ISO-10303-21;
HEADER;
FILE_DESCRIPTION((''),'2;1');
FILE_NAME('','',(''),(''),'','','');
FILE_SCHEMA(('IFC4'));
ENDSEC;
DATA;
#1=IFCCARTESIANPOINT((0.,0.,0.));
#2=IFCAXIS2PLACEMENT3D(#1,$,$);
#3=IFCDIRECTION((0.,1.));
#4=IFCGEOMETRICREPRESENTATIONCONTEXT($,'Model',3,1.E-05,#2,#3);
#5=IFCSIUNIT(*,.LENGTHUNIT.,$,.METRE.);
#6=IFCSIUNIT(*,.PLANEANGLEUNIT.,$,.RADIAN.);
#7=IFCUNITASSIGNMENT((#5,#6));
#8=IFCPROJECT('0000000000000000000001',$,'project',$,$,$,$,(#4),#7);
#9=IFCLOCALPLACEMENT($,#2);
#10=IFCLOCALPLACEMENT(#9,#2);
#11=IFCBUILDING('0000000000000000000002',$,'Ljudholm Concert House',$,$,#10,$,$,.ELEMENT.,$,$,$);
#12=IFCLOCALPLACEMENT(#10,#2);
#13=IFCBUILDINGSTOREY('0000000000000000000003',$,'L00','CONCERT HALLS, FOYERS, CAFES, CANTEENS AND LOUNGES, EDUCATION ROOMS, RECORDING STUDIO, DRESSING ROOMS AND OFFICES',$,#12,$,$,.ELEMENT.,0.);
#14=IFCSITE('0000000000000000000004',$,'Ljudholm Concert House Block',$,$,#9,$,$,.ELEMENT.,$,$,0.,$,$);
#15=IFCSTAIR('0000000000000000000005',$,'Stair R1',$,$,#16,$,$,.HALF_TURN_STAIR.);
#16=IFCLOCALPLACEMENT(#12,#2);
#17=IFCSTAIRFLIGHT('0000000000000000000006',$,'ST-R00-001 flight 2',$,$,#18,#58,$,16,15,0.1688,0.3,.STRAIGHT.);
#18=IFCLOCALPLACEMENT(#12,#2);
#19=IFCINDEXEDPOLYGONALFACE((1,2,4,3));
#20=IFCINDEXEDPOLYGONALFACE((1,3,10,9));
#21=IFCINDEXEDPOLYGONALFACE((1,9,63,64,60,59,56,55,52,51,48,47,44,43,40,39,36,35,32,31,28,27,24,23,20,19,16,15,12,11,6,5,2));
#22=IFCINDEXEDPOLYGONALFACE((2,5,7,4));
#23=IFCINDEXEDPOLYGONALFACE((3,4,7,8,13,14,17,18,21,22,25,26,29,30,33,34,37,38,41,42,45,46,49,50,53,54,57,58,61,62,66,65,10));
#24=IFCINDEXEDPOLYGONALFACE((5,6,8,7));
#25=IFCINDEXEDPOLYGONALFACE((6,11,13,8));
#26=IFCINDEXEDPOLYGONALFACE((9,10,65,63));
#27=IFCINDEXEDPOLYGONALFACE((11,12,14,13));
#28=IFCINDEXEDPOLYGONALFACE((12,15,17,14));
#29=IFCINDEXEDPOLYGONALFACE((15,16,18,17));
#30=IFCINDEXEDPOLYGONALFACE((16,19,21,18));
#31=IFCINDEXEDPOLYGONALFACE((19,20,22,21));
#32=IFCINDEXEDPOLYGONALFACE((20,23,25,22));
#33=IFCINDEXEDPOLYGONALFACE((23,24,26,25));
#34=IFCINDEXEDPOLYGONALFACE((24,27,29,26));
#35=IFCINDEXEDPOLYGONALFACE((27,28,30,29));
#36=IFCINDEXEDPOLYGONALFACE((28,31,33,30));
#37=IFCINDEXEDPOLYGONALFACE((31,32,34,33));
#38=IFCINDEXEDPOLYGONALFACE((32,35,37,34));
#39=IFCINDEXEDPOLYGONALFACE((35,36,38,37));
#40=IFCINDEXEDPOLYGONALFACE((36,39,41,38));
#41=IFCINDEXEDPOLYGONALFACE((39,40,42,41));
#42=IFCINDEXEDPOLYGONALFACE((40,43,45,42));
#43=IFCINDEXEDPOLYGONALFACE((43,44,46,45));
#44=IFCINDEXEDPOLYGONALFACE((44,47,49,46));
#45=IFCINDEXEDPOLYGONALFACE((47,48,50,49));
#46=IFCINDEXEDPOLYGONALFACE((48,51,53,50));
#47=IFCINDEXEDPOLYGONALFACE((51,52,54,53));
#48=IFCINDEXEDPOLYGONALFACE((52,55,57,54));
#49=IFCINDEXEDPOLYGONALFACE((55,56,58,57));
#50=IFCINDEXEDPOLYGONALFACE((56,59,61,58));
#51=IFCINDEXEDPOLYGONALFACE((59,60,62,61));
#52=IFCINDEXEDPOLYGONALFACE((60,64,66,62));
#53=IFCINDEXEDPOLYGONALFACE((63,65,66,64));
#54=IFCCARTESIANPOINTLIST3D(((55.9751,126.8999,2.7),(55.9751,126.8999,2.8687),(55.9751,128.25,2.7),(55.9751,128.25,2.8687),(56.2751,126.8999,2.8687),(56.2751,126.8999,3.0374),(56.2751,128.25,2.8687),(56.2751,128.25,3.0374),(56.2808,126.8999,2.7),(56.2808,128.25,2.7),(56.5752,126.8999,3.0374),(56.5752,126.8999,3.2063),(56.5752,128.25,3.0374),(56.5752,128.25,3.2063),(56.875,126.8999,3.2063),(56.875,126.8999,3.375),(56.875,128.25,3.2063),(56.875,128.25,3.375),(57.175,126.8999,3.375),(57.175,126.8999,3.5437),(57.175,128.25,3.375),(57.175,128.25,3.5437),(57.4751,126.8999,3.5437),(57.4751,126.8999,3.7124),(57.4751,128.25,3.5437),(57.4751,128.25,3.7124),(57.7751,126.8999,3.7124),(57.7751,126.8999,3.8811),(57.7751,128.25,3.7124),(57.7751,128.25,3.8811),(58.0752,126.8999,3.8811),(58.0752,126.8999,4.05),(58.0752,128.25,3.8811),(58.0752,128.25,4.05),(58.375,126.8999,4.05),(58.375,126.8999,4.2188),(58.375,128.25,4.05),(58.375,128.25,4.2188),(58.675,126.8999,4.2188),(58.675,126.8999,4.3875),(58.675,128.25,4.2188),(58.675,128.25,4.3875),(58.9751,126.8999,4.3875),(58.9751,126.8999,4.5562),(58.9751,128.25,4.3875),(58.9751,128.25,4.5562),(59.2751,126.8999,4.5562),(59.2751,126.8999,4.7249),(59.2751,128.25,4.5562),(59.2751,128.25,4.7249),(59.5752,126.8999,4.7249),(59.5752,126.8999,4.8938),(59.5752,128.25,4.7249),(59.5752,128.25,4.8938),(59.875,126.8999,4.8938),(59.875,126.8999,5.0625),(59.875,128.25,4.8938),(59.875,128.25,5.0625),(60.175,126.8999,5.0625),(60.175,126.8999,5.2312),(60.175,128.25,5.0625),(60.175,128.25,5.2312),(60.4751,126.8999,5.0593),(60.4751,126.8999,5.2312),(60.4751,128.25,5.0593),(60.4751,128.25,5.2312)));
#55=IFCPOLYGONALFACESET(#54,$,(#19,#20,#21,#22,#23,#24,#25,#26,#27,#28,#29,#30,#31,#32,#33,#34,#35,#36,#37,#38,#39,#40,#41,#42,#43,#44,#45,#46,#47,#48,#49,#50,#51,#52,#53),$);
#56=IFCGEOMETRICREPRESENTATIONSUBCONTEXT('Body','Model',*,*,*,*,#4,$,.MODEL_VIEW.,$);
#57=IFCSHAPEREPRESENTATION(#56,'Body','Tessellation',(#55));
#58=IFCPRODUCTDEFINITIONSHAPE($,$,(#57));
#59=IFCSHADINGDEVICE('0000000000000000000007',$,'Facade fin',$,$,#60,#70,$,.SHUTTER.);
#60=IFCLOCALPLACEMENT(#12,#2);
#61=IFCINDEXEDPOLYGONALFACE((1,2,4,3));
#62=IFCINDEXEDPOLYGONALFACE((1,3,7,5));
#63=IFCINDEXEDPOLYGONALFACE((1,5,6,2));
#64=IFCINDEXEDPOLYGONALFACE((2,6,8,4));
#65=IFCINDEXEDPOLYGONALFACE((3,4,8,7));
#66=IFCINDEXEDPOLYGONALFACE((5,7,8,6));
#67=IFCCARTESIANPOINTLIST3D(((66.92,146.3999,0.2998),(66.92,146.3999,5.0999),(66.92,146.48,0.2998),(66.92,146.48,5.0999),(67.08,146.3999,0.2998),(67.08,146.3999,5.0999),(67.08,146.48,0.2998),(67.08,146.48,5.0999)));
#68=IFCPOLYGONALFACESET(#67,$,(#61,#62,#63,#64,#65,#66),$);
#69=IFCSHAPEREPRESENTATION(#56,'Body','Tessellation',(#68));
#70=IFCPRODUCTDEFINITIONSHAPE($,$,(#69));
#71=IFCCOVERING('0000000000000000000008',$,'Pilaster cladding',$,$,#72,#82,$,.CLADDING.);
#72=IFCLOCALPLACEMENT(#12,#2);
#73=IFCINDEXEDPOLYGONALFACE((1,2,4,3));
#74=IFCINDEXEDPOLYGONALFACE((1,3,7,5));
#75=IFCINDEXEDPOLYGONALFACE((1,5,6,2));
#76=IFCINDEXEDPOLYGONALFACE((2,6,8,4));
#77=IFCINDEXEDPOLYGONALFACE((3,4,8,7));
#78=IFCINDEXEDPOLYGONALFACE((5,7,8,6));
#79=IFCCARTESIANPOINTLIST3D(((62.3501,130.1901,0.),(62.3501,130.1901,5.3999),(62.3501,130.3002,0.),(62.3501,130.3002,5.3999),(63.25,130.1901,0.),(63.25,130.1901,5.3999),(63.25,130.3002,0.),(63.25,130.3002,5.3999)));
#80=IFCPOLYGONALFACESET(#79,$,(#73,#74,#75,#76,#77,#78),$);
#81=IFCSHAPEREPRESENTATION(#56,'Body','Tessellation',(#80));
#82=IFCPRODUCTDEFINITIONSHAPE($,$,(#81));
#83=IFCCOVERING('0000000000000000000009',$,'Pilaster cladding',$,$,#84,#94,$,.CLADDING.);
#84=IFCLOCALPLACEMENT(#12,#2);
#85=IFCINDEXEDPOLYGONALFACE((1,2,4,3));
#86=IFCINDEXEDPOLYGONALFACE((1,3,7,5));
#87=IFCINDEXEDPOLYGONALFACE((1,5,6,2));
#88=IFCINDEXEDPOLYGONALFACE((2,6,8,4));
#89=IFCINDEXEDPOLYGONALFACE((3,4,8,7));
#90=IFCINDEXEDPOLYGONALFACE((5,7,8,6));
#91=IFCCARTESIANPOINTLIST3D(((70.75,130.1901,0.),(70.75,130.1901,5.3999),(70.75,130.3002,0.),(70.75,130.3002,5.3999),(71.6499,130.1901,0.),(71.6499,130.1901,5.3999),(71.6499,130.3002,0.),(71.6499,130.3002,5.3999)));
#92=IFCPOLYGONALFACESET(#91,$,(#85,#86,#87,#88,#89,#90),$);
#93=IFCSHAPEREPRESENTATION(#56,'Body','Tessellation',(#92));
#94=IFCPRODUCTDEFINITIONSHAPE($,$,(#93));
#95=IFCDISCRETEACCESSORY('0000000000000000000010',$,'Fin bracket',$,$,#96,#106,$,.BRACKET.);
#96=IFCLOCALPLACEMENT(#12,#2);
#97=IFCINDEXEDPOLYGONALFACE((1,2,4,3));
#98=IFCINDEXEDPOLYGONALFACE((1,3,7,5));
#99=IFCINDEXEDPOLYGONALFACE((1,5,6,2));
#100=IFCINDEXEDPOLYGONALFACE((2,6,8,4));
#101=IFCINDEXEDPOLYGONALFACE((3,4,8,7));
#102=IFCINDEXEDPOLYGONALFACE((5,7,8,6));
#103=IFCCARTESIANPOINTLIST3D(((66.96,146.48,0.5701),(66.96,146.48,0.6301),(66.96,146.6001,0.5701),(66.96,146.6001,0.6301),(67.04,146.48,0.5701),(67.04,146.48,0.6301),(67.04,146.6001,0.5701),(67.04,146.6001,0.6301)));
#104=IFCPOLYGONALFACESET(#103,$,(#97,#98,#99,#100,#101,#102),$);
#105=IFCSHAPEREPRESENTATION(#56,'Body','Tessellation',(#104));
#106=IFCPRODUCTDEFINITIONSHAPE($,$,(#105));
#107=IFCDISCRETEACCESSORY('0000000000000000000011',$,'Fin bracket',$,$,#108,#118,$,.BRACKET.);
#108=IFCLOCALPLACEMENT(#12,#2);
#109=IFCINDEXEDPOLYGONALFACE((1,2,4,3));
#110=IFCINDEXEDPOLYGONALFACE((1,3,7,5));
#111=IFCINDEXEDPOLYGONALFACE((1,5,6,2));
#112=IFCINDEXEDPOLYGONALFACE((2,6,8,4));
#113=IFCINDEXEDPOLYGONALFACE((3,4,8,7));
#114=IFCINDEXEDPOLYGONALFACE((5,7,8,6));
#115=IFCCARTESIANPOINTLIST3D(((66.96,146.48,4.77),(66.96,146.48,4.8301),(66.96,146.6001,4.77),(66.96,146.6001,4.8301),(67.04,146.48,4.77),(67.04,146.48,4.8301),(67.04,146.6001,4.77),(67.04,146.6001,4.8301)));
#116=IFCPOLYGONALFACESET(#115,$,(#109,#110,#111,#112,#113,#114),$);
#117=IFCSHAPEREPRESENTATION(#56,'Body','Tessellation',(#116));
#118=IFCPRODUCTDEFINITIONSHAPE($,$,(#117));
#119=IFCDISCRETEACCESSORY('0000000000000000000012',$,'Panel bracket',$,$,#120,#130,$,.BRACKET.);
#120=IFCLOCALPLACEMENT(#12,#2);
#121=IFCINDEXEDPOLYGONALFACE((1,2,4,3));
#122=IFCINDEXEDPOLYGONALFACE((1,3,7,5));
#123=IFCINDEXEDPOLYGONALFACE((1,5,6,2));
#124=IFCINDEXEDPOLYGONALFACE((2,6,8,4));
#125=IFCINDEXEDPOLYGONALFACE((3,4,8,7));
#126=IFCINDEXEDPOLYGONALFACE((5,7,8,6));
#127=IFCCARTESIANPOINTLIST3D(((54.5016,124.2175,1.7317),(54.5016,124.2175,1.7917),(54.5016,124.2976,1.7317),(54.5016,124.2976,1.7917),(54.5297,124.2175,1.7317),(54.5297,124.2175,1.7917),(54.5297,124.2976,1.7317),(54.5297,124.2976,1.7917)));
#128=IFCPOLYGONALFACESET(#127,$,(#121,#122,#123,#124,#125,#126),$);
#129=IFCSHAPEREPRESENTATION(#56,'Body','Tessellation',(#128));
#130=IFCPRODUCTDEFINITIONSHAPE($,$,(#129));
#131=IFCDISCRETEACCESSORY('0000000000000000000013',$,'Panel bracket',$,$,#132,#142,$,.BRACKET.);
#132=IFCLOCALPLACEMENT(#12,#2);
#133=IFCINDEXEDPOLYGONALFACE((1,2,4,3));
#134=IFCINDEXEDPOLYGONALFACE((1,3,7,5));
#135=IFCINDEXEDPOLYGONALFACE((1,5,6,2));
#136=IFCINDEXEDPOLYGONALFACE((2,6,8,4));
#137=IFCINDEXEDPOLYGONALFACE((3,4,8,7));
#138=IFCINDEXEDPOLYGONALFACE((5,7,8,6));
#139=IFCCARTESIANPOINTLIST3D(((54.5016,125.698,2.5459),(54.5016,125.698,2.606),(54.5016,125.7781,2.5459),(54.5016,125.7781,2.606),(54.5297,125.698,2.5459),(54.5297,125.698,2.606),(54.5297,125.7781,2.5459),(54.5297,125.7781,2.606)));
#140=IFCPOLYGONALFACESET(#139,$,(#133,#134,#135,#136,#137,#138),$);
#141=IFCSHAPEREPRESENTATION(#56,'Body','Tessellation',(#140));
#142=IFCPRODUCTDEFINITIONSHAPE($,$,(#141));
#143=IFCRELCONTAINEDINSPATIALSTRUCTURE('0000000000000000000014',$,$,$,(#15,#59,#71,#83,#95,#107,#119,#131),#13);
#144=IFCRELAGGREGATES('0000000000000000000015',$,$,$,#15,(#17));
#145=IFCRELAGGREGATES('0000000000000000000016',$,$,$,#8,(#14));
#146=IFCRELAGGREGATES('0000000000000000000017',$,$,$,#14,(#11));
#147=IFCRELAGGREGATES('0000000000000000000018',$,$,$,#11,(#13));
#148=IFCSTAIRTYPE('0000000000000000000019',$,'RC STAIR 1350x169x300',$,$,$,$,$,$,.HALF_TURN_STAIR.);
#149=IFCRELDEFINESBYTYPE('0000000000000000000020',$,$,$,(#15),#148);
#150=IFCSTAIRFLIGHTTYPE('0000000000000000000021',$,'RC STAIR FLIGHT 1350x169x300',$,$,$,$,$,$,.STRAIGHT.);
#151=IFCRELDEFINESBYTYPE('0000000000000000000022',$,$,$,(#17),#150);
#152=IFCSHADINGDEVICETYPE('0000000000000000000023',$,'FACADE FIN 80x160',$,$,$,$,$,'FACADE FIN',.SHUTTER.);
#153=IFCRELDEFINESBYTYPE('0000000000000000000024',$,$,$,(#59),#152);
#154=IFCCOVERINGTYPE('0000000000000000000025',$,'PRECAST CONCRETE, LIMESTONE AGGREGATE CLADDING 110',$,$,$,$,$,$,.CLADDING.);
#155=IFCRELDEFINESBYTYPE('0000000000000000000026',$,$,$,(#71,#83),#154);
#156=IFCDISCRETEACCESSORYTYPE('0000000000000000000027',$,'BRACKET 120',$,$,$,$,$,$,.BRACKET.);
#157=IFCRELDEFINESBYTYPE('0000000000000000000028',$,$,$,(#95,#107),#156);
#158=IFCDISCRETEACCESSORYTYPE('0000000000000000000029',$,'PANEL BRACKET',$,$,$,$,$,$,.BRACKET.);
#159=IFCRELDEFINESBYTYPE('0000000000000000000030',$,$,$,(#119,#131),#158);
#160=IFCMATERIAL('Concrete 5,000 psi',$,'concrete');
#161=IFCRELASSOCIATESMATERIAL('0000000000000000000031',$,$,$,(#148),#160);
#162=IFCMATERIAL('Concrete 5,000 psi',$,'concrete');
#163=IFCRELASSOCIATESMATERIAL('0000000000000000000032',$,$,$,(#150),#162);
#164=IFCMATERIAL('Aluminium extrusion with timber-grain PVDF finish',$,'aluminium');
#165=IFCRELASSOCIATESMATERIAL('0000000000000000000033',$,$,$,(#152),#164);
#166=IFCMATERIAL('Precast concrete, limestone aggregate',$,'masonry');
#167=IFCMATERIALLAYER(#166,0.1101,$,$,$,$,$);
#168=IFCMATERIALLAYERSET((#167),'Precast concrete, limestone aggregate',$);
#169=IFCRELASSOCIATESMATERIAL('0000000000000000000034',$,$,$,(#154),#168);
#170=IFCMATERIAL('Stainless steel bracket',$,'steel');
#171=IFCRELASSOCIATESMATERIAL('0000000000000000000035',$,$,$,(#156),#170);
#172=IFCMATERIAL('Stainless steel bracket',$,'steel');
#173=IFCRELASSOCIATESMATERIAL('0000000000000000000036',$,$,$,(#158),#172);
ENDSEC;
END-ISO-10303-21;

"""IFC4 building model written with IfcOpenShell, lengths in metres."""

from ifc_helpers import new_model, si_unit, direction, frame, origin, origin_2d, place, context, subcontext, project, spatial, polyline, rectangle, outline, extrude, material, layer, layer_set, type_object, element, aggregate, save


model = new_model("IFC4")

# Units and contexts
model_context = context("Model", 3, precision=1e-05, world=origin(), true_north=direction((0.0, 1.0)))
body_context = subcontext(model_context, "Body", "Model", "MODEL_VIEW")
ifc_project = project(units=[si_unit("LENGTHUNIT", "METRE"), si_unit("PLANEANGLEUNIT", "RADIAN")], contexts=[model_context])

# Site, building, storey
site_placement = place(None, origin())
site = spatial("IfcSite", under=ifc_project, at=site_placement, Name="Ljudholm Concert House Block", CompositionType="ELEMENT", RefElevation=0.0)
building_placement = place(site_placement, origin())
building = spatial("IfcBuilding", under=site, at=building_placement, Name="Ljudholm Concert House", CompositionType="ELEMENT")
storey_placement = place(building_placement, origin())
storey = spatial("IfcBuildingStorey", under=building, at=storey_placement, Name="L00", Description="CONCERT HALLS, FOYERS, CAFES, CANTEENS AND LOUNGES, EDUCATION ROOMS, RECORDING STUDIO, DRESSING ROOMS AND OFFICES", CompositionType="ELEMENT", Elevation=0.0)

# Stair, stair flight
ifc_material_1 = material(Name="Concrete 5,000 psi", Category="concrete")
stair_type = type_object("IfcStairType", Name="RC STAIR 1350x169x300", PredefinedType="HALF_TURN_STAIR", material=ifc_material_1)
stair_placement = place(storey_placement, origin())
stair = element("IfcStair", 1, at=stair_placement, inside=storey, type_object=stair_type, Name="Stair R1", PredefinedType="HALF_TURN_STAIR")
ifc_material_2 = material(Name="Concrete 5,000 psi", Category="concrete")
stair_flight_type = type_object("IfcStairFlightType", Name="RC STAIR FLIGHT 1350x169x300", PredefinedType="STRAIGHT", material=ifc_material_2)
stair_flight_1_placement = place(storey_placement, frame((55.9751, 127.575, 2.7), z_axis=(0.0, 0.0, 1.0), x_axis=(1.0, 0.0, 0.0)))
stair_flight_1 = element("IfcStairFlight", 2, at=stair_flight_1_placement, type_object=stair_flight_type, Name="ST-R00-001 flight 2", NumberOfRisers=16, NumberOfTreads=15, PredefinedType="STRAIGHT", RiserHeight=0.1688, TreadLength=0.3, context=body_context, shape_type="SweptSolid", body=[
    extrude(outline(polyline([(0.0, 0.0), (0.0, 0.1687), (0.3, 0.1687), (0.3, 0.3374), (0.6001, 0.3374), (0.6001, 0.5063), (0.8999, 0.5063), (0.8999, 0.675), (1.2, 0.675), (1.2, 0.8438), (1.5, 0.8438), (1.5, 1.0125), (1.8, 1.0125), (1.8, 1.1812), (2.1001, 1.1812), (2.1001, 1.3501), (2.3999, 1.3501), (2.3999, 1.5188), (2.7, 1.5188), (2.7, 1.6875), (3.0, 1.6875), (3.0, 1.8562), (3.3, 1.8562), (3.3, 2.0249), (3.6001, 2.0249), (3.6001, 2.1938), (3.8999, 2.1938), (3.8999, 2.3625), (4.2, 2.3625), (4.2, 2.5312), (4.5, 2.5312), (4.5, 2.7), (4.5, 2.3594), (0.3057, 0.0), (0.0, 0.0)])), frame((0.0, 0.675, 0.0), z_axis=(0.0, -1.0, 0.0), x_axis=(1.0, 0.0, 0.0)), (0.0, 0.0, 1.0), 1.3501),
])
aggregate(stair, [stair_flight_1])

# Shading device
ifc_material_3 = material(Name="Aluminium extrusion with timber-grain PVDF finish", Category="aluminium")
shading_device_type = type_object("IfcShadingDeviceType", Name="FACADE FIN 80x160", ElementType="FACADE FIN", PredefinedType="SHUTTER", material=ifc_material_3)
shading_device_placement = place(storey_placement, frame((67.0, 146.4399, 0.2998), z_axis=(0.0, 0.0, 1.0), x_axis=(0.0, -1.0, 0.0)))
element("IfcShadingDevice", 3, at=shading_device_placement, inside=storey, type_object=shading_device_type, Name="Facade fin", PredefinedType="SHUTTER", context=body_context, shape_type="SweptSolid", body=[
    extrude(rectangle(XDim=0.0801, YDim=0.1599, at=origin_2d()), origin(), (0.0, 0.0, 1.0), 4.8),
])

# Coverings
ifc_material_4 = material(Name="Precast concrete, limestone aggregate", Category="masonry")
ifc_layer_1 = layer(ifc_material_4, 0.1101)
ifc_layer_set_1 = layer_set([ifc_layer_1], Name="Precast concrete, limestone aggregate")
covering_type = type_object("IfcCoveringType", Name="PRECAST CONCRETE, LIMESTONE AGGREGATE CLADDING 110", PredefinedType="CLADDING", material=ifc_layer_set_1)
for number, where, z_axis, x_axis, name in (
    (4, (62.8, 130.2451, 0.0), (0.0, 0.0, 1.0), (0.0, 1.0, 0.0), "Pilaster cladding"),
    (5, (71.2, 130.2451, 0.0), (0.0, 0.0, 1.0), (0.0, 1.0, 0.0), "Pilaster cladding"),
):
    element("IfcCovering", number, at=place(storey_placement, frame(where, z_axis=z_axis, x_axis=x_axis)), inside=storey, type_object=covering_type, Name=name, PredefinedType="CLADDING", context=body_context, shape_type="SweptSolid", body=[
        extrude(rectangle(XDim=0.1101, YDim=0.8999, at=origin_2d()), origin(), (0.0, 0.0, 1.0), 5.3999),
    ])

# Discrete accessories
ifc_material_5 = material(Name="Stainless steel bracket", Category="steel")
discrete_accessory_type_1 = type_object("IfcDiscreteAccessoryType", Name="BRACKET 120", PredefinedType="BRACKET", material=ifc_material_5)
for number, where, z_axis, x_axis, name in (
    (6, (67.0, 146.54, 0.5701), (0.0, 0.0, 1.0), (0.0, -1.0, 0.0), "Fin bracket"),
    (7, (67.0, 146.54, 4.77), (0.0, 0.0, 1.0), (0.0, -1.0, 0.0), "Fin bracket"),
):
    element("IfcDiscreteAccessory", number, at=place(storey_placement, frame(where, z_axis=z_axis, x_axis=x_axis)), inside=storey, type_object=discrete_accessory_type_1, Name=name, PredefinedType="BRACKET", context=body_context, shape_type="SweptSolid", body=[
        extrude(rectangle(XDim=0.1201, YDim=0.0801, at=origin_2d()), origin(), (0.0, 0.0, 1.0), 0.0601),
    ])
ifc_material_6 = material(Name="Stainless steel bracket", Category="steel")
discrete_accessory_type_2 = type_object("IfcDiscreteAccessoryType", Name="PANEL BRACKET", PredefinedType="BRACKET", material=ifc_material_6)
for number, where, z_axis, x_axis, name in (
    (8, (54.5156, 124.2576, 1.7317), (0.0, 0.0, 1.0), (1.0, 0.0, 0.0), "Panel bracket"),
    (9, (54.5156, 125.738, 2.5459), (0.0, 0.0, 1.0), (1.0, 0.0, 0.0), "Panel bracket"),
):
    element("IfcDiscreteAccessory", number, at=place(storey_placement, frame(where, z_axis=z_axis, x_axis=x_axis)), inside=storey, type_object=discrete_accessory_type_2, Name=name, PredefinedType="BRACKET", context=body_context, shape_type="SweptSolid", body=[
        extrude(rectangle(XDim=0.0281, YDim=0.0801, at=origin_2d()), origin(), (0.0, 0.0, 1.0), 0.0601),
    ])

save(model, "model.ifc")
